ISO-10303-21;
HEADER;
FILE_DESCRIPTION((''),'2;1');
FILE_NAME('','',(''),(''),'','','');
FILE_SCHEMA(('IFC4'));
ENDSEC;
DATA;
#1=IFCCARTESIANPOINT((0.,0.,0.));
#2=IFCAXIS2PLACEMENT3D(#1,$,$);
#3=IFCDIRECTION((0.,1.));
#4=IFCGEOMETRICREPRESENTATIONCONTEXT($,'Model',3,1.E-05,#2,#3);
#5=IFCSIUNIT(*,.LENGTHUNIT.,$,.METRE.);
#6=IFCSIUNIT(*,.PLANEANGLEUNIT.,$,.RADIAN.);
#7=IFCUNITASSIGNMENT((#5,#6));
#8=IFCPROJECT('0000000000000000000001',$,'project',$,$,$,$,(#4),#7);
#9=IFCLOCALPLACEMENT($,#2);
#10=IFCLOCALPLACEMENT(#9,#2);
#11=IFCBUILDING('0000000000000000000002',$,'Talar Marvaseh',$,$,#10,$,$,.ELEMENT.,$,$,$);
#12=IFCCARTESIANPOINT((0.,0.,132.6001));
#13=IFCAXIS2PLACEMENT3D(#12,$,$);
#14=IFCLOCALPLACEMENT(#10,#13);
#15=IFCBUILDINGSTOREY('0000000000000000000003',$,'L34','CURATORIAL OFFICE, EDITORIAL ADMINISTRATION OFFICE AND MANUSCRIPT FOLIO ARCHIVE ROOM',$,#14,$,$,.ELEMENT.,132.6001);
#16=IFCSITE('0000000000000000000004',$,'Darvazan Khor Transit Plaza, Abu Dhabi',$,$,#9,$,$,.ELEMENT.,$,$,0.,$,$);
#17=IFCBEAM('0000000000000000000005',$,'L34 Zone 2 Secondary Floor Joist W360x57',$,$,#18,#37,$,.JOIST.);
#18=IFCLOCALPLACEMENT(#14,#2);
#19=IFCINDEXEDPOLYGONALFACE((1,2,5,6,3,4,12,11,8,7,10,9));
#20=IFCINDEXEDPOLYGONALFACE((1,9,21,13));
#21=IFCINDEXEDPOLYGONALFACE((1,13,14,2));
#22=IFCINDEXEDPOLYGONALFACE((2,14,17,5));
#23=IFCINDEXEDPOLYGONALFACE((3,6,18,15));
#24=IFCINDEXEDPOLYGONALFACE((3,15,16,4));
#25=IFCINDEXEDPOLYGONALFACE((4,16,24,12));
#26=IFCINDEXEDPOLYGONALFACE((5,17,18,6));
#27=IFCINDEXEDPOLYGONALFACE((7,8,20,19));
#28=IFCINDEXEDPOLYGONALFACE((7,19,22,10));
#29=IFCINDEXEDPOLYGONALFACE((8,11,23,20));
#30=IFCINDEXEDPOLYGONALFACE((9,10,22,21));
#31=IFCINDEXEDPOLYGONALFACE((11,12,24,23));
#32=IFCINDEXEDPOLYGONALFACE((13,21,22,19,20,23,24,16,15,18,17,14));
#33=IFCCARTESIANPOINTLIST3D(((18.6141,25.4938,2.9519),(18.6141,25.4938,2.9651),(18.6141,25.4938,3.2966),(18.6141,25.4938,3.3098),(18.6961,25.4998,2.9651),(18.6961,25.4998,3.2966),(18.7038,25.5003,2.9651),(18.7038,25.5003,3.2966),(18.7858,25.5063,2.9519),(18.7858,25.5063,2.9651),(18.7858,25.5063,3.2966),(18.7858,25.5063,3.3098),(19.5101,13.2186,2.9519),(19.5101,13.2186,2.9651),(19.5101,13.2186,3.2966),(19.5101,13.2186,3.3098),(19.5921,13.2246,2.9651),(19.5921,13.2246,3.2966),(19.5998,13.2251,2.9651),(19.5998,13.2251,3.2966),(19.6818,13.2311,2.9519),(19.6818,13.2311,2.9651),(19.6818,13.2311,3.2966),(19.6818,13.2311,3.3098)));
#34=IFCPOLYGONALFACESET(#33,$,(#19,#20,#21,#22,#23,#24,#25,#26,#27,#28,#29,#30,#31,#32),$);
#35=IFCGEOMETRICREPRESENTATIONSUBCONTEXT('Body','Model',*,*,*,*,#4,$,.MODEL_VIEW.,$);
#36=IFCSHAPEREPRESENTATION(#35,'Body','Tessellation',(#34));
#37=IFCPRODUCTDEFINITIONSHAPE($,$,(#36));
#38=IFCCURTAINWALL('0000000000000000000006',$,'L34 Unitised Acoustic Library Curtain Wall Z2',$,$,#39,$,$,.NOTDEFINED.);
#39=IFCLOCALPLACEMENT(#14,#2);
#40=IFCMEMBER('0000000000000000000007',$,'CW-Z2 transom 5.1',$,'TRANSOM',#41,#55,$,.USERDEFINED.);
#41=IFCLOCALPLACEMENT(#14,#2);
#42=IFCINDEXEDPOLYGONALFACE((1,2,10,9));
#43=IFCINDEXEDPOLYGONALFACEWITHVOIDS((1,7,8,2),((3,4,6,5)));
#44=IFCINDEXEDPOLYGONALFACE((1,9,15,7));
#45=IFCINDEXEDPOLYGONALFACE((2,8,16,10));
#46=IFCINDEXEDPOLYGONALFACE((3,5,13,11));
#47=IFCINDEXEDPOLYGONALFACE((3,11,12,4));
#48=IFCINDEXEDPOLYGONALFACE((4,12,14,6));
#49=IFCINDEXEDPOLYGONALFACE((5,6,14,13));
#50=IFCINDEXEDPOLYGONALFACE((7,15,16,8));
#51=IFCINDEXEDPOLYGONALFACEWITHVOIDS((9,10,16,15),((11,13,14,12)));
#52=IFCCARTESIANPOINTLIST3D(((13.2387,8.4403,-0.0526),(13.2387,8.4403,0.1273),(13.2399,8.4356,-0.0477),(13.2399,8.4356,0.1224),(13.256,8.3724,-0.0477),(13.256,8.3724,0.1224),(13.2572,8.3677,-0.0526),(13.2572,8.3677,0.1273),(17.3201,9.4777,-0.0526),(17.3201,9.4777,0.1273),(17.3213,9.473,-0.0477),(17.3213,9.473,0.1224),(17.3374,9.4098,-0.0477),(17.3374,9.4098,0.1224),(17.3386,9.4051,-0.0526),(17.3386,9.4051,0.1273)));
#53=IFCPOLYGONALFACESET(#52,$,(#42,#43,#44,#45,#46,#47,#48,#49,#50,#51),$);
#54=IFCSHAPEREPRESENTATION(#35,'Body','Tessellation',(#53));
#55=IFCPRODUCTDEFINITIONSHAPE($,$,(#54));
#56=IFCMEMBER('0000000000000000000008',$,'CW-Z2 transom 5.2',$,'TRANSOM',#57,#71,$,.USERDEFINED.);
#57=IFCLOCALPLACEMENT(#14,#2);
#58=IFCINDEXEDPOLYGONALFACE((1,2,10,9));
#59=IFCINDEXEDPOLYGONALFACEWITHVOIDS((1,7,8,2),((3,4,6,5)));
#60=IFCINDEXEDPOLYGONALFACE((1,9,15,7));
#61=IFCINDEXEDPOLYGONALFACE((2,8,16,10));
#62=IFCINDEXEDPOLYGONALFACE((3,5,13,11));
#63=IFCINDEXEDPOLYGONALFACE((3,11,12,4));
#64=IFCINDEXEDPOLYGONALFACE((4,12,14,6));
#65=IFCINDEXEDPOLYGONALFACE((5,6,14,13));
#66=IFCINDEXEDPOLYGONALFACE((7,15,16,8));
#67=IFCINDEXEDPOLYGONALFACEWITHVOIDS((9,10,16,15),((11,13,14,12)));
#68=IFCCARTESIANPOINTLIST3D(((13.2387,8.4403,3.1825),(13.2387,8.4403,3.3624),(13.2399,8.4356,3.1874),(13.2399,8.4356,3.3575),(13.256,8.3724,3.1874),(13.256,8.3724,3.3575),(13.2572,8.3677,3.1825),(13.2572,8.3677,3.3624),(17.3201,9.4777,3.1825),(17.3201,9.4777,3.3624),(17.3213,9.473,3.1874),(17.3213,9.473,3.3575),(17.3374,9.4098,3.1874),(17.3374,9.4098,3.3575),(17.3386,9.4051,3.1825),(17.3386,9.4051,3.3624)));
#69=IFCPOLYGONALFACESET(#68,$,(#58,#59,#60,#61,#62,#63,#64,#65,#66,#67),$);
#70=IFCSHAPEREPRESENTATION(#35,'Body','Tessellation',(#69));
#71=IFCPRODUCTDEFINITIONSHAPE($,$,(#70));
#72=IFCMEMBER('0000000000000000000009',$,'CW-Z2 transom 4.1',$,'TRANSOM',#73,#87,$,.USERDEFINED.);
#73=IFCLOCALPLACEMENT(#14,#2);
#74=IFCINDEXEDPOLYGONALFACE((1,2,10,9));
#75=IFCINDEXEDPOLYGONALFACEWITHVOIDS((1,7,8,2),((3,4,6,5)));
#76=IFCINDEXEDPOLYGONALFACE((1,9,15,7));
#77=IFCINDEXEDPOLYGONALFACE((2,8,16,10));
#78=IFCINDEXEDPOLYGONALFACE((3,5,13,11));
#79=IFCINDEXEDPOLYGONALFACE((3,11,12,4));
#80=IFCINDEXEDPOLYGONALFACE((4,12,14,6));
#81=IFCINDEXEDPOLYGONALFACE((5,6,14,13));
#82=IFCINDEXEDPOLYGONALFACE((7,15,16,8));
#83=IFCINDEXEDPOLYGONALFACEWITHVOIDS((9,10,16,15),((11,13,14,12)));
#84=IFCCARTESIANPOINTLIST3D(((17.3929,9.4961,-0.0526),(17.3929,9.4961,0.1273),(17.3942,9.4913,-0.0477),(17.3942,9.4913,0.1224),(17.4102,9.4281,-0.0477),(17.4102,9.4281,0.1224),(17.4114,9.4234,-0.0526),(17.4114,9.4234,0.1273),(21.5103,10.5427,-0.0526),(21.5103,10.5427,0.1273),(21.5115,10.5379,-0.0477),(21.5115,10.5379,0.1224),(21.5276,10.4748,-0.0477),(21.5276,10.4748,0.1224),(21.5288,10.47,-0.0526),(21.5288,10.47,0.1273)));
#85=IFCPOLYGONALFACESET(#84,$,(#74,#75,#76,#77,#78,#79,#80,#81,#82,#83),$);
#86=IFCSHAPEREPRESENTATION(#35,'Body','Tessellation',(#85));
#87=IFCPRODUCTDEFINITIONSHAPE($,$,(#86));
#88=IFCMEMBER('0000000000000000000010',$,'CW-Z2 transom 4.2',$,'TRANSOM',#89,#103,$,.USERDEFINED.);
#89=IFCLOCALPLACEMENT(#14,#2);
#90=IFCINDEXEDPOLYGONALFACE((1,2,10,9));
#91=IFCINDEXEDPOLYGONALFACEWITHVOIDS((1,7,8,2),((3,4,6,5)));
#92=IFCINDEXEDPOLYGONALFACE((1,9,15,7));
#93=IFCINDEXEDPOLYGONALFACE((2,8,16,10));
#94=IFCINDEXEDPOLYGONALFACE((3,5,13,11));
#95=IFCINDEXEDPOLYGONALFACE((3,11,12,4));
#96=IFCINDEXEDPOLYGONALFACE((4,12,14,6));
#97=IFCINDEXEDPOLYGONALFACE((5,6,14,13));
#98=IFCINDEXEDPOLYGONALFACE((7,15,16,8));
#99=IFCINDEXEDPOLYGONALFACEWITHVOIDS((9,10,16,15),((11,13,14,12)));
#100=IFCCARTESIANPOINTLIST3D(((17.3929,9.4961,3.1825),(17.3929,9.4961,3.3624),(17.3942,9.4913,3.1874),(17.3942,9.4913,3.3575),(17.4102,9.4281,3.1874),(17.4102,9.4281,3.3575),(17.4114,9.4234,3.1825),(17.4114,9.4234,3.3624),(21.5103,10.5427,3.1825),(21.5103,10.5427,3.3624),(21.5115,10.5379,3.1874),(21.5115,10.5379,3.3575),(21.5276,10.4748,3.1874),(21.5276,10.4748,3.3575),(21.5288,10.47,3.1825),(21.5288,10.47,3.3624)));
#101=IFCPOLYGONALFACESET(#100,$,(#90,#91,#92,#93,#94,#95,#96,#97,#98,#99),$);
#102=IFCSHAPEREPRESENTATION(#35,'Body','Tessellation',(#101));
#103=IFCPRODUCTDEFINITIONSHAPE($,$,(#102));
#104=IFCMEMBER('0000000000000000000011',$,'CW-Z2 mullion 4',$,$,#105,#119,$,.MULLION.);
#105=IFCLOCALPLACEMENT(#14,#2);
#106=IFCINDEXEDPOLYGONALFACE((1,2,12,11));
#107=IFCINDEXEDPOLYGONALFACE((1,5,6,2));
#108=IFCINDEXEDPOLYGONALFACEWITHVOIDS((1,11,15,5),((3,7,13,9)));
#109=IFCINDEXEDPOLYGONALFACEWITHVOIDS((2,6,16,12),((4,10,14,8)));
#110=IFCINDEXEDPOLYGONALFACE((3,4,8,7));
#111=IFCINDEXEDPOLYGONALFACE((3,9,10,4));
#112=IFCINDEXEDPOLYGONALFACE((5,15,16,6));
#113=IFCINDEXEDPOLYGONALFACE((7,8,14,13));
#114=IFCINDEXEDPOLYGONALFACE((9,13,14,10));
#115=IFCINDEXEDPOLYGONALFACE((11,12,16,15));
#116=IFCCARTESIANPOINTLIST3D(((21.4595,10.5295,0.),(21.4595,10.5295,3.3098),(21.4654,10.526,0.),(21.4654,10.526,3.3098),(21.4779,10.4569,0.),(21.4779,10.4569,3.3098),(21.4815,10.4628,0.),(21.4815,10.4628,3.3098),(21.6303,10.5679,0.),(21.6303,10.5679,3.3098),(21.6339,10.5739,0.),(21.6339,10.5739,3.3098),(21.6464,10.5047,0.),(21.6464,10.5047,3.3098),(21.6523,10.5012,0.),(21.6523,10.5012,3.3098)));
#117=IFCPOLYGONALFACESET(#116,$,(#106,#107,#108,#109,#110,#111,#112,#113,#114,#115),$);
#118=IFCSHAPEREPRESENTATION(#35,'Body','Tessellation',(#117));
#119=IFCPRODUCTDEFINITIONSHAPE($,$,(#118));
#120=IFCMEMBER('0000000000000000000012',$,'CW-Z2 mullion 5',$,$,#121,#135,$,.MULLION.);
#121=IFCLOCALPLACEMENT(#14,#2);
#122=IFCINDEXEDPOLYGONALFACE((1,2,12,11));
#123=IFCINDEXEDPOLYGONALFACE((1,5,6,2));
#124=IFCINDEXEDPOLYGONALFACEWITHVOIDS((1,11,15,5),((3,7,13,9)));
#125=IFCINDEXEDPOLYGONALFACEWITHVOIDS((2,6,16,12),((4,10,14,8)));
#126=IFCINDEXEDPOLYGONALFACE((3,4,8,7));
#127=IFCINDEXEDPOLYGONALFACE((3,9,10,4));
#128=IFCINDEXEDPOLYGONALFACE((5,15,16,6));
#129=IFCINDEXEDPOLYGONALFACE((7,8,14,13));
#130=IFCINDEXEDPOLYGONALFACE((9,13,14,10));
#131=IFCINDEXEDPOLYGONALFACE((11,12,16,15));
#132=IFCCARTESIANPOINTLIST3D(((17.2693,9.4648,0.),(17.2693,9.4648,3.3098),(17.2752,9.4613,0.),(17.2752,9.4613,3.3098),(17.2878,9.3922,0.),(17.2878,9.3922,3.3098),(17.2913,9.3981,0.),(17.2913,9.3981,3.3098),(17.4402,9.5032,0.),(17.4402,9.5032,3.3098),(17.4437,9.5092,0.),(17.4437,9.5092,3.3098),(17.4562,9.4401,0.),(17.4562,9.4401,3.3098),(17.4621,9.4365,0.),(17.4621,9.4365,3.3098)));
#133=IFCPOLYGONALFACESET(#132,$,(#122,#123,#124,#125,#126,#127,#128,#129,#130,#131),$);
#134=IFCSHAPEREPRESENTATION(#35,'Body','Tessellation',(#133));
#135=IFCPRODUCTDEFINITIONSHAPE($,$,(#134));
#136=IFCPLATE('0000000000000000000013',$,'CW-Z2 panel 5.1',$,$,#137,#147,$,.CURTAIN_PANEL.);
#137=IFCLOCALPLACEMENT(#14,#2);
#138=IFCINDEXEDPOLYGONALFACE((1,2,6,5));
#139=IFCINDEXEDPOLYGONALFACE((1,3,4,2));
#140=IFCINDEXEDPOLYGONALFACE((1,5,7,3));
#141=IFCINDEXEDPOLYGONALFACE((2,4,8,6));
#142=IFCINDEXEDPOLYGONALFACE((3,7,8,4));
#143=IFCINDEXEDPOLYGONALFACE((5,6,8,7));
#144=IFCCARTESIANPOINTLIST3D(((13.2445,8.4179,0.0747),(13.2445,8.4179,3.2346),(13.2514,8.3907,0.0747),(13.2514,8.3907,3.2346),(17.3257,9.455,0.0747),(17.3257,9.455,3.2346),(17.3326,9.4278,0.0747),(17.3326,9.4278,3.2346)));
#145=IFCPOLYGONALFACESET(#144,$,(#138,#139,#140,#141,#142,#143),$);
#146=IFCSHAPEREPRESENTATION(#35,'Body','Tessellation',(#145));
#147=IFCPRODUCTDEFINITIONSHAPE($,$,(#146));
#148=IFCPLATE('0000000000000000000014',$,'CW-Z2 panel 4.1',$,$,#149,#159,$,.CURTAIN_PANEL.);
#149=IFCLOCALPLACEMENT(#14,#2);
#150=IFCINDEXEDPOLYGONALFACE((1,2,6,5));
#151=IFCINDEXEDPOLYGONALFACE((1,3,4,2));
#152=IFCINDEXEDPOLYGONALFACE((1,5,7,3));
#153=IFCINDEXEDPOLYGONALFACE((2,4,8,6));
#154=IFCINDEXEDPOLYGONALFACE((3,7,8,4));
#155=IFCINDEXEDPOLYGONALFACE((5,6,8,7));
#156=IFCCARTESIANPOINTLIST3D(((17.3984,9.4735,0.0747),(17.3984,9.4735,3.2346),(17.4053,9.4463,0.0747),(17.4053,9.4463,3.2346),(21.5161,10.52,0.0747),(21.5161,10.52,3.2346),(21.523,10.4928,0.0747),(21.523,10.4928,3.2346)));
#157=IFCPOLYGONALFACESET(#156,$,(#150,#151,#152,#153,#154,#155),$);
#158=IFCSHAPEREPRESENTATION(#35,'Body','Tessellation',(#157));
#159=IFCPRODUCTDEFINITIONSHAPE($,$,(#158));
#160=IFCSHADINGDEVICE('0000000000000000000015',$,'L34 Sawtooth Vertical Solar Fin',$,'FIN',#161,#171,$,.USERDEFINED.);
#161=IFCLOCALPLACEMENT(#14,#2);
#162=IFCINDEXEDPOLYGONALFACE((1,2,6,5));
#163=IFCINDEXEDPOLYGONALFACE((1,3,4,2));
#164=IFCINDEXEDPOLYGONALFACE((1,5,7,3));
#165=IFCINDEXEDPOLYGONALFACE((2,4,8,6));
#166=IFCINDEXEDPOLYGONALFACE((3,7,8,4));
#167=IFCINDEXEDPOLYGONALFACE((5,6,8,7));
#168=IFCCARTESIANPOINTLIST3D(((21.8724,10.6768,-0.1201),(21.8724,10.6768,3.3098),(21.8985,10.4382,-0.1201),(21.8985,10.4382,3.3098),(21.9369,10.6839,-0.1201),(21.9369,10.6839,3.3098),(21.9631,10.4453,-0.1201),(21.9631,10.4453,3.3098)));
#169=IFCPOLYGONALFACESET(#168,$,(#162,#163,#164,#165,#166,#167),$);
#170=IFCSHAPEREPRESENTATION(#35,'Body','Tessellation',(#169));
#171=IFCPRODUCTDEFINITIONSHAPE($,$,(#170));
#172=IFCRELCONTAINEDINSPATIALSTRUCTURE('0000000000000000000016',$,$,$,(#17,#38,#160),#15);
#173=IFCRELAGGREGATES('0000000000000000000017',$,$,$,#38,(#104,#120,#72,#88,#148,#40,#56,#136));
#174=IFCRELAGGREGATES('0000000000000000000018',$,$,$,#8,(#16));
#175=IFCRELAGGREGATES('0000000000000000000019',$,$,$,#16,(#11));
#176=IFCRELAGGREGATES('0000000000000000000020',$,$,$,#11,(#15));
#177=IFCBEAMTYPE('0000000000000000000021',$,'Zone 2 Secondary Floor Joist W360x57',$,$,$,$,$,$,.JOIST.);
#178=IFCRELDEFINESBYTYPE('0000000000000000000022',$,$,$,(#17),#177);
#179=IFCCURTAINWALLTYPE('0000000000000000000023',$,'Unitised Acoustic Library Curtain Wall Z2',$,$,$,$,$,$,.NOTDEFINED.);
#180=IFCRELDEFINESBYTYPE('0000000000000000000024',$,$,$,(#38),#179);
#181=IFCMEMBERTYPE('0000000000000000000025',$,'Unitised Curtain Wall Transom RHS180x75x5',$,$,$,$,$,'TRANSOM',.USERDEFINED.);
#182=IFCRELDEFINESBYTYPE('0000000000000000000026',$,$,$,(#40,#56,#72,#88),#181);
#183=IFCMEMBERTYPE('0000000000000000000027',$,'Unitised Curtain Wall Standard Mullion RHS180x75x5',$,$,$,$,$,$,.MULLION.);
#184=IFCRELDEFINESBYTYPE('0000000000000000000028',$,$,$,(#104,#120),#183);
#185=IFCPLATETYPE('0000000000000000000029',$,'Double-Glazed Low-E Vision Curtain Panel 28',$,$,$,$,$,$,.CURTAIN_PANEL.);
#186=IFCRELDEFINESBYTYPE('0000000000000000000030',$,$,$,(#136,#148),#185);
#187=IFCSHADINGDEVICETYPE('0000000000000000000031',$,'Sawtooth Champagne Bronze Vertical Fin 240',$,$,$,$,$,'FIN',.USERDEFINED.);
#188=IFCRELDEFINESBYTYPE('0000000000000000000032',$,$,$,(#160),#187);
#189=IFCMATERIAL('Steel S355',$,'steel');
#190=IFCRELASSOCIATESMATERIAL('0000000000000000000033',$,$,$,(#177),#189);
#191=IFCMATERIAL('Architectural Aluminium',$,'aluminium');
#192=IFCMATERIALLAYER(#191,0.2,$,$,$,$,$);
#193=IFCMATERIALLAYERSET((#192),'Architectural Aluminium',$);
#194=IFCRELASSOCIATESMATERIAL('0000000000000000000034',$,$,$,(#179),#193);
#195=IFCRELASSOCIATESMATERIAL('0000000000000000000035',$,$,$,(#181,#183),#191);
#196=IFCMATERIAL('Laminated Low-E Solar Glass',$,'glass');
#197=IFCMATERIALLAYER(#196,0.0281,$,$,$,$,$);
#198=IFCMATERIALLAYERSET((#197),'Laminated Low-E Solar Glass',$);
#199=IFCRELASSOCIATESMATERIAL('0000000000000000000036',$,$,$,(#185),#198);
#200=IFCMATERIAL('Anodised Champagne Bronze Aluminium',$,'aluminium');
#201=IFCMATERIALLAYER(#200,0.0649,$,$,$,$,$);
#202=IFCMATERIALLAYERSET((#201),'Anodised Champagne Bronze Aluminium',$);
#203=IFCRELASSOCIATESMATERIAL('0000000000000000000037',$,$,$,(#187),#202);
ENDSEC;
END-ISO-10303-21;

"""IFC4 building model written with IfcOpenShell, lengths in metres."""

from ifc_helpers import new_model, si_unit, direction, frame, origin, origin_2d, place, context, subcontext, project, spatial, rectangle, hollow_rectangle, i_section, extrude, source, transform, mapped, material, layer, layer_set, material_profile, profile_set, type_object, type_shapes, element, aggregate, save


model = new_model("IFC4")

# Units and contexts
model_context = context("Model", 3, precision=1e-05, world=origin(), true_north=direction((0.0, 1.0)))
body_context = subcontext(model_context, "Body", "Model", "MODEL_VIEW")
ifc_project = project(units=[si_unit("LENGTHUNIT", "METRE"), si_unit("PLANEANGLEUNIT", "RADIAN")], contexts=[model_context])

# Site, building, storey
site_placement = place(None, origin())
site = spatial("IfcSite", under=ifc_project, at=site_placement, Name="Darvazan Khor Transit Plaza, Abu Dhabi", CompositionType="ELEMENT", RefElevation=0.0)
building_placement = place(site_placement, origin())
building = spatial("IfcBuilding", under=site, at=building_placement, Name="Talar Marvaseh", CompositionType="ELEMENT")
storey_placement = place(building_placement, frame((0.0, 0.0, 132.6001)))
storey = spatial("IfcBuildingStorey", under=building, at=storey_placement, Name="L34", Description="CURATORIAL OFFICE, EDITORIAL ADMINISTRATION OFFICE AND MANUSCRIPT FOLIO ARCHIVE ROOM", CompositionType="ELEMENT", Elevation=132.6001)

# Beam
ifc_material_1 = material(Name="Steel S355", Category="steel")
ifc_material_profile_1 = material_profile(ifc_material_1, i_section(OverallWidth=0.1721, OverallDepth=0.3579, WebThickness=0.0078, FlangeThickness=0.0132, at=origin_2d()), Name="W360x57")
ifc_profile_set_1 = profile_set([ifc_material_profile_1], Name="Steel S355")
beam_type = type_object("IfcBeamType", Name="Zone 2 Secondary Floor Joist W360x57", PredefinedType="JOIST", material=ifc_profile_set_1)
beam_placement = place(storey_placement, frame((19.5959, 13.2249, 3.1309), z_axis=(-0.072799, 0.997347, 0.0), x_axis=(-0.997347, -0.072799, 0.0)))
element("IfcBeam", 1, at=beam_placement, inside=storey, type_object=beam_type, Name="L34 Zone 2 Secondary Floor Joist W360x57", PredefinedType="JOIST", context=body_context, shape_type="SweptSolid", body=[
    extrude(i_section(OverallWidth=0.1721, OverallDepth=0.3579, WebThickness=0.0078, FlangeThickness=0.0132, at=origin_2d()), origin(), (0.0, 0.0, 1.0), 12.3079),
])

# Curtain wall, members, plates
ifc_material_2 = material(Name="Architectural Aluminium", Category="aluminium")
ifc_layer_1 = layer(ifc_material_2, 0.2)
ifc_layer_set_1 = layer_set([ifc_layer_1], Name="Architectural Aluminium")
curtain_wall_type = type_object("IfcCurtainWallType", Name="Unitised Acoustic Library Curtain Wall Z2", PredefinedType="NOTDEFINED", material=ifc_layer_set_1)
curtain_wall_placement = place(storey_placement, origin())
curtain_wall = element("IfcCurtainWall", 2, at=curtain_wall_placement, inside=storey, type_object=curtain_wall_type, Name="L34 Unitised Acoustic Library Curtain Wall Z2", PredefinedType="NOTDEFINED")
ifc_material_profile_2 = material_profile(ifc_material_2, hollow_rectangle(XDim=0.075, YDim=0.1799, WallThickness=0.0049, at=origin_2d()), Name="RHS180x75x5")
ifc_profile_set_2 = profile_set([ifc_material_profile_2], Name="Architectural Aluminium")
member_type_1 = type_object("IfcMemberType", Name="Unitised Curtain Wall Transom RHS180x75x5", ElementType="TRANSOM", PredefinedType="USERDEFINED", material=ifc_profile_set_2)
shared_shape_1 = source(origin(), body_context, "Body", "SweptSolid", [
    extrude(hollow_rectangle(XDim=0.075, YDim=0.1799, WallThickness=0.0049, at=origin_2d()), origin(), (0.0, 0.0, 1.0), 4.2112),
])
member_1_placement = place(storey_placement, frame((17.3293, 9.4414, 0.0374), z_axis=(-0.969184, -0.24634, 0.0), x_axis=(0.24634, -0.969184, 0.0)))
member_1 = element("IfcMember", 3, at=member_1_placement, type_object=member_type_1, Name="CW-Z2 transom 5.1", ObjectType="TRANSOM", PredefinedType="USERDEFINED", context=body_context, shape_type="MappedRepresentation", body=[
    mapped(shared_shape_1, transform((0.0, 0.0, 0.0), x_axis=(1.0, 0.0, 0.0), y_axis=(0.0, 1.0, 0.0), z_axis=(0.0, 0.0, 1.0), scale=1.0)),
])
member_2_placement = place(storey_placement, frame((17.3293, 9.4414, 3.2725), z_axis=(-0.969184, -0.24634, 0.0), x_axis=(0.24634, -0.969184, 0.0)))
member_2 = element("IfcMember", 4, at=member_2_placement, type_object=member_type_1, Name="CW-Z2 transom 5.2", ObjectType="TRANSOM", PredefinedType="USERDEFINED", context=body_context, shape_type="MappedRepresentation", body=[
    mapped(shared_shape_1, transform((0.0, 0.0, 0.0), x_axis=(1.0, 0.0, 0.0), y_axis=(0.0, 1.0, 0.0), z_axis=(0.0, 0.0, 1.0), scale=1.0)),
])
shared_shape_2 = source(origin(), body_context, "Body", "SweptSolid", [
    extrude(hollow_rectangle(XDim=0.075, YDim=0.1799, WallThickness=0.0049, at=origin_2d()), origin(), (0.0, 0.0, 1.0), 4.2483),
])
type_shapes(member_type_1, [shared_shape_1, shared_shape_2])
member_3_placement = place(storey_placement, frame((21.5195, 10.5063, 0.0374), z_axis=(-0.969178, -0.24636, 0.0), x_axis=(0.24636, -0.969178, 0.0)))
member_3 = element("IfcMember", 5, at=member_3_placement, type_object=member_type_1, Name="CW-Z2 transom 4.1", ObjectType="TRANSOM", PredefinedType="USERDEFINED", context=body_context, shape_type="MappedRepresentation", body=[
    mapped(shared_shape_2, transform((0.0, 0.0, 0.0), x_axis=(1.0, 0.0, 0.0), y_axis=(0.0, 1.0, 0.0), z_axis=(0.0, 0.0, 1.0), scale=1.0)),
])
member_4_placement = place(storey_placement, frame((21.5195, 10.5063, 3.2725), z_axis=(-0.969178, -0.24636, 0.0), x_axis=(0.24636, -0.969178, 0.0)))
member_4 = element("IfcMember", 6, at=member_4_placement, type_object=member_type_1, Name="CW-Z2 transom 4.2", ObjectType="TRANSOM", PredefinedType="USERDEFINED", context=body_context, shape_type="MappedRepresentation", body=[
    mapped(shared_shape_2, transform((0.0, 0.0, 0.0), x_axis=(1.0, 0.0, 0.0), y_axis=(0.0, 1.0, 0.0), z_axis=(0.0, 0.0, 1.0), scale=1.0)),
])
ifc_material_profile_3 = material_profile(ifc_material_2, hollow_rectangle(XDim=0.075, YDim=0.1799, WallThickness=0.0049, at=origin_2d()), Name="RHS180x75x5")
ifc_profile_set_3 = profile_set([ifc_material_profile_3], Name="Architectural Aluminium")
member_type_2 = type_object("IfcMemberType", Name="Unitised Curtain Wall Standard Mullion RHS180x75x5", PredefinedType="MULLION", material=ifc_profile_set_3)
shared_shape_3 = source(origin(), body_context, "Body", "SweptSolid", [
    extrude(hollow_rectangle(XDim=0.075, YDim=0.1799, WallThickness=0.0049, at=origin_2d()), origin(), (0.0, 0.0, 1.0), 3.3098),
])
type_shapes(member_type_2, [shared_shape_3])
member_5_placement = place(storey_placement, frame((21.5559, 10.5154, 0.0), z_axis=(0.0, 0.0, 1.0), x_axis=(0.246303, -0.969193, 0.0)))
member_5 = element("IfcMember", 7, at=member_5_placement, type_object=member_type_2, Name="CW-Z2 mullion 4", PredefinedType="MULLION", context=body_context, shape_type="MappedRepresentation", body=[
    mapped(shared_shape_3, transform((0.0, 0.0, 0.0), x_axis=(1.0, 0.0, 0.0), y_axis=(0.0, 1.0, 0.0), z_axis=(0.0, 0.0, 1.0), scale=1.0)),
])
member_6_placement = place(storey_placement, frame((17.3657, 9.4507, 0.0), z_axis=(0.0, 0.0, 1.0), x_axis=(0.246303, -0.969193, 0.0)))
member_6 = element("IfcMember", 8, at=member_6_placement, type_object=member_type_2, Name="CW-Z2 mullion 5", PredefinedType="MULLION", context=body_context, shape_type="MappedRepresentation", body=[
    mapped(shared_shape_3, transform((0.0, 0.0, 0.0), x_axis=(1.0, 0.0, 0.0), y_axis=(0.0, 1.0, 0.0), z_axis=(0.0, 0.0, 1.0), scale=1.0)),
])
ifc_material_3 = material(Name="Laminated Low-E Solar Glass", Category="glass")
ifc_layer_2 = layer(ifc_material_3, 0.0281)
ifc_layer_set_2 = layer_set([ifc_layer_2], Name="Laminated Low-E Solar Glass")
plate_type = type_object("IfcPlateType", Name="Double-Glazed Low-E Vision Curtain Panel 28", PredefinedType="CURTAIN_PANEL", material=ifc_layer_set_2)
shared_shape_4 = source(origin(), body_context, "Body", "SweptSolid", [
    extrude(rectangle(XDim=4.2109, YDim=0.0281, at=origin_2d()), origin(), (0.0, 0.0, 1.0), 3.1599),
])
plate_1_placement = place(storey_placement, frame((15.2886, 8.9229, 0.0747), z_axis=(0.0, 0.0, 1.0), x_axis=(-0.969193, -0.246303, 0.0)))
plate_1 = element("IfcPlate", 9, at=plate_1_placement, type_object=plate_type, Name="CW-Z2 panel 5.1", PredefinedType="CURTAIN_PANEL", context=body_context, shape_type="MappedRepresentation", body=[
    mapped(shared_shape_4, transform((0.0, 0.0, 0.0), x_axis=(1.0, 0.0, 0.0), y_axis=(0.0, 1.0, 0.0), z_axis=(0.0, 0.0, 1.0), scale=1.0)),
])
shared_shape_5 = source(origin(), body_context, "Body", "SweptSolid", [
    extrude(rectangle(XDim=4.2485, YDim=0.0281, at=origin_2d()), origin(), (0.0, 0.0, 1.0), 3.1599),
])
type_shapes(plate_type, [shared_shape_4, shared_shape_5])
plate_2_placement = place(storey_placement, frame((19.4607, 9.9832, 0.0747), z_axis=(0.0, 0.0, 1.0), x_axis=(-0.969193, -0.246303, 0.0)))
plate_2 = element("IfcPlate", 10, at=plate_2_placement, type_object=plate_type, Name="CW-Z2 panel 4.1", PredefinedType="CURTAIN_PANEL", context=body_context, shape_type="MappedRepresentation", body=[
    mapped(shared_shape_5, transform((0.0, 0.0, 0.0), x_axis=(1.0, 0.0, 0.0), y_axis=(0.0, 1.0, 0.0), z_axis=(0.0, 0.0, 1.0), scale=1.0)),
])
aggregate(curtain_wall, [member_5, member_6, member_3, member_4, plate_2, member_1, member_2, plate_1])

# Shading device
ifc_material_4 = material(Name="Anodised Champagne Bronze Aluminium", Category="aluminium")
ifc_layer_3 = layer(ifc_material_4, 0.0649)
ifc_layer_set_3 = layer_set([ifc_layer_3], Name="Anodised Champagne Bronze Aluminium")
shading_device_type = type_object("IfcShadingDeviceType", Name="Sawtooth Champagne Bronze Vertical Fin 240", ElementType="FIN", PredefinedType="USERDEFINED", material=ifc_layer_set_3)
shared_shape_6 = source(origin(), body_context, "Body", "SweptSolid", [
    extrude(rectangle(XDim=0.24, YDim=0.0649, at=origin_2d()), origin(), (0.0, 0.0, 1.0), 3.4299),
])
type_shapes(shading_device_type, [shared_shape_6])
for number, where, z_axis, x_axis, name in (
    (11, (21.9177, 10.561, -0.1201), (0.0, 0.0, 1.0), (0.10904, -0.994037, 0.0), "L34 Sawtooth Vertical Solar Fin"),
):
    element("IfcShadingDevice", number, at=place(storey_placement, frame(where, z_axis=z_axis, x_axis=x_axis)), inside=storey, type_object=shading_device_type, Name=name, ObjectType="FIN", PredefinedType="USERDEFINED", context=body_context, shape_type="MappedRepresentation", body=[
        mapped(shared_shape_6, transform((0.0, 0.0, 0.0), x_axis=(1.0, 0.0, 0.0), y_axis=(0.0, 1.0, 0.0), z_axis=(0.0, 0.0, 1.0), scale=1.0)),
    ])

save(model, "model.ifc")
